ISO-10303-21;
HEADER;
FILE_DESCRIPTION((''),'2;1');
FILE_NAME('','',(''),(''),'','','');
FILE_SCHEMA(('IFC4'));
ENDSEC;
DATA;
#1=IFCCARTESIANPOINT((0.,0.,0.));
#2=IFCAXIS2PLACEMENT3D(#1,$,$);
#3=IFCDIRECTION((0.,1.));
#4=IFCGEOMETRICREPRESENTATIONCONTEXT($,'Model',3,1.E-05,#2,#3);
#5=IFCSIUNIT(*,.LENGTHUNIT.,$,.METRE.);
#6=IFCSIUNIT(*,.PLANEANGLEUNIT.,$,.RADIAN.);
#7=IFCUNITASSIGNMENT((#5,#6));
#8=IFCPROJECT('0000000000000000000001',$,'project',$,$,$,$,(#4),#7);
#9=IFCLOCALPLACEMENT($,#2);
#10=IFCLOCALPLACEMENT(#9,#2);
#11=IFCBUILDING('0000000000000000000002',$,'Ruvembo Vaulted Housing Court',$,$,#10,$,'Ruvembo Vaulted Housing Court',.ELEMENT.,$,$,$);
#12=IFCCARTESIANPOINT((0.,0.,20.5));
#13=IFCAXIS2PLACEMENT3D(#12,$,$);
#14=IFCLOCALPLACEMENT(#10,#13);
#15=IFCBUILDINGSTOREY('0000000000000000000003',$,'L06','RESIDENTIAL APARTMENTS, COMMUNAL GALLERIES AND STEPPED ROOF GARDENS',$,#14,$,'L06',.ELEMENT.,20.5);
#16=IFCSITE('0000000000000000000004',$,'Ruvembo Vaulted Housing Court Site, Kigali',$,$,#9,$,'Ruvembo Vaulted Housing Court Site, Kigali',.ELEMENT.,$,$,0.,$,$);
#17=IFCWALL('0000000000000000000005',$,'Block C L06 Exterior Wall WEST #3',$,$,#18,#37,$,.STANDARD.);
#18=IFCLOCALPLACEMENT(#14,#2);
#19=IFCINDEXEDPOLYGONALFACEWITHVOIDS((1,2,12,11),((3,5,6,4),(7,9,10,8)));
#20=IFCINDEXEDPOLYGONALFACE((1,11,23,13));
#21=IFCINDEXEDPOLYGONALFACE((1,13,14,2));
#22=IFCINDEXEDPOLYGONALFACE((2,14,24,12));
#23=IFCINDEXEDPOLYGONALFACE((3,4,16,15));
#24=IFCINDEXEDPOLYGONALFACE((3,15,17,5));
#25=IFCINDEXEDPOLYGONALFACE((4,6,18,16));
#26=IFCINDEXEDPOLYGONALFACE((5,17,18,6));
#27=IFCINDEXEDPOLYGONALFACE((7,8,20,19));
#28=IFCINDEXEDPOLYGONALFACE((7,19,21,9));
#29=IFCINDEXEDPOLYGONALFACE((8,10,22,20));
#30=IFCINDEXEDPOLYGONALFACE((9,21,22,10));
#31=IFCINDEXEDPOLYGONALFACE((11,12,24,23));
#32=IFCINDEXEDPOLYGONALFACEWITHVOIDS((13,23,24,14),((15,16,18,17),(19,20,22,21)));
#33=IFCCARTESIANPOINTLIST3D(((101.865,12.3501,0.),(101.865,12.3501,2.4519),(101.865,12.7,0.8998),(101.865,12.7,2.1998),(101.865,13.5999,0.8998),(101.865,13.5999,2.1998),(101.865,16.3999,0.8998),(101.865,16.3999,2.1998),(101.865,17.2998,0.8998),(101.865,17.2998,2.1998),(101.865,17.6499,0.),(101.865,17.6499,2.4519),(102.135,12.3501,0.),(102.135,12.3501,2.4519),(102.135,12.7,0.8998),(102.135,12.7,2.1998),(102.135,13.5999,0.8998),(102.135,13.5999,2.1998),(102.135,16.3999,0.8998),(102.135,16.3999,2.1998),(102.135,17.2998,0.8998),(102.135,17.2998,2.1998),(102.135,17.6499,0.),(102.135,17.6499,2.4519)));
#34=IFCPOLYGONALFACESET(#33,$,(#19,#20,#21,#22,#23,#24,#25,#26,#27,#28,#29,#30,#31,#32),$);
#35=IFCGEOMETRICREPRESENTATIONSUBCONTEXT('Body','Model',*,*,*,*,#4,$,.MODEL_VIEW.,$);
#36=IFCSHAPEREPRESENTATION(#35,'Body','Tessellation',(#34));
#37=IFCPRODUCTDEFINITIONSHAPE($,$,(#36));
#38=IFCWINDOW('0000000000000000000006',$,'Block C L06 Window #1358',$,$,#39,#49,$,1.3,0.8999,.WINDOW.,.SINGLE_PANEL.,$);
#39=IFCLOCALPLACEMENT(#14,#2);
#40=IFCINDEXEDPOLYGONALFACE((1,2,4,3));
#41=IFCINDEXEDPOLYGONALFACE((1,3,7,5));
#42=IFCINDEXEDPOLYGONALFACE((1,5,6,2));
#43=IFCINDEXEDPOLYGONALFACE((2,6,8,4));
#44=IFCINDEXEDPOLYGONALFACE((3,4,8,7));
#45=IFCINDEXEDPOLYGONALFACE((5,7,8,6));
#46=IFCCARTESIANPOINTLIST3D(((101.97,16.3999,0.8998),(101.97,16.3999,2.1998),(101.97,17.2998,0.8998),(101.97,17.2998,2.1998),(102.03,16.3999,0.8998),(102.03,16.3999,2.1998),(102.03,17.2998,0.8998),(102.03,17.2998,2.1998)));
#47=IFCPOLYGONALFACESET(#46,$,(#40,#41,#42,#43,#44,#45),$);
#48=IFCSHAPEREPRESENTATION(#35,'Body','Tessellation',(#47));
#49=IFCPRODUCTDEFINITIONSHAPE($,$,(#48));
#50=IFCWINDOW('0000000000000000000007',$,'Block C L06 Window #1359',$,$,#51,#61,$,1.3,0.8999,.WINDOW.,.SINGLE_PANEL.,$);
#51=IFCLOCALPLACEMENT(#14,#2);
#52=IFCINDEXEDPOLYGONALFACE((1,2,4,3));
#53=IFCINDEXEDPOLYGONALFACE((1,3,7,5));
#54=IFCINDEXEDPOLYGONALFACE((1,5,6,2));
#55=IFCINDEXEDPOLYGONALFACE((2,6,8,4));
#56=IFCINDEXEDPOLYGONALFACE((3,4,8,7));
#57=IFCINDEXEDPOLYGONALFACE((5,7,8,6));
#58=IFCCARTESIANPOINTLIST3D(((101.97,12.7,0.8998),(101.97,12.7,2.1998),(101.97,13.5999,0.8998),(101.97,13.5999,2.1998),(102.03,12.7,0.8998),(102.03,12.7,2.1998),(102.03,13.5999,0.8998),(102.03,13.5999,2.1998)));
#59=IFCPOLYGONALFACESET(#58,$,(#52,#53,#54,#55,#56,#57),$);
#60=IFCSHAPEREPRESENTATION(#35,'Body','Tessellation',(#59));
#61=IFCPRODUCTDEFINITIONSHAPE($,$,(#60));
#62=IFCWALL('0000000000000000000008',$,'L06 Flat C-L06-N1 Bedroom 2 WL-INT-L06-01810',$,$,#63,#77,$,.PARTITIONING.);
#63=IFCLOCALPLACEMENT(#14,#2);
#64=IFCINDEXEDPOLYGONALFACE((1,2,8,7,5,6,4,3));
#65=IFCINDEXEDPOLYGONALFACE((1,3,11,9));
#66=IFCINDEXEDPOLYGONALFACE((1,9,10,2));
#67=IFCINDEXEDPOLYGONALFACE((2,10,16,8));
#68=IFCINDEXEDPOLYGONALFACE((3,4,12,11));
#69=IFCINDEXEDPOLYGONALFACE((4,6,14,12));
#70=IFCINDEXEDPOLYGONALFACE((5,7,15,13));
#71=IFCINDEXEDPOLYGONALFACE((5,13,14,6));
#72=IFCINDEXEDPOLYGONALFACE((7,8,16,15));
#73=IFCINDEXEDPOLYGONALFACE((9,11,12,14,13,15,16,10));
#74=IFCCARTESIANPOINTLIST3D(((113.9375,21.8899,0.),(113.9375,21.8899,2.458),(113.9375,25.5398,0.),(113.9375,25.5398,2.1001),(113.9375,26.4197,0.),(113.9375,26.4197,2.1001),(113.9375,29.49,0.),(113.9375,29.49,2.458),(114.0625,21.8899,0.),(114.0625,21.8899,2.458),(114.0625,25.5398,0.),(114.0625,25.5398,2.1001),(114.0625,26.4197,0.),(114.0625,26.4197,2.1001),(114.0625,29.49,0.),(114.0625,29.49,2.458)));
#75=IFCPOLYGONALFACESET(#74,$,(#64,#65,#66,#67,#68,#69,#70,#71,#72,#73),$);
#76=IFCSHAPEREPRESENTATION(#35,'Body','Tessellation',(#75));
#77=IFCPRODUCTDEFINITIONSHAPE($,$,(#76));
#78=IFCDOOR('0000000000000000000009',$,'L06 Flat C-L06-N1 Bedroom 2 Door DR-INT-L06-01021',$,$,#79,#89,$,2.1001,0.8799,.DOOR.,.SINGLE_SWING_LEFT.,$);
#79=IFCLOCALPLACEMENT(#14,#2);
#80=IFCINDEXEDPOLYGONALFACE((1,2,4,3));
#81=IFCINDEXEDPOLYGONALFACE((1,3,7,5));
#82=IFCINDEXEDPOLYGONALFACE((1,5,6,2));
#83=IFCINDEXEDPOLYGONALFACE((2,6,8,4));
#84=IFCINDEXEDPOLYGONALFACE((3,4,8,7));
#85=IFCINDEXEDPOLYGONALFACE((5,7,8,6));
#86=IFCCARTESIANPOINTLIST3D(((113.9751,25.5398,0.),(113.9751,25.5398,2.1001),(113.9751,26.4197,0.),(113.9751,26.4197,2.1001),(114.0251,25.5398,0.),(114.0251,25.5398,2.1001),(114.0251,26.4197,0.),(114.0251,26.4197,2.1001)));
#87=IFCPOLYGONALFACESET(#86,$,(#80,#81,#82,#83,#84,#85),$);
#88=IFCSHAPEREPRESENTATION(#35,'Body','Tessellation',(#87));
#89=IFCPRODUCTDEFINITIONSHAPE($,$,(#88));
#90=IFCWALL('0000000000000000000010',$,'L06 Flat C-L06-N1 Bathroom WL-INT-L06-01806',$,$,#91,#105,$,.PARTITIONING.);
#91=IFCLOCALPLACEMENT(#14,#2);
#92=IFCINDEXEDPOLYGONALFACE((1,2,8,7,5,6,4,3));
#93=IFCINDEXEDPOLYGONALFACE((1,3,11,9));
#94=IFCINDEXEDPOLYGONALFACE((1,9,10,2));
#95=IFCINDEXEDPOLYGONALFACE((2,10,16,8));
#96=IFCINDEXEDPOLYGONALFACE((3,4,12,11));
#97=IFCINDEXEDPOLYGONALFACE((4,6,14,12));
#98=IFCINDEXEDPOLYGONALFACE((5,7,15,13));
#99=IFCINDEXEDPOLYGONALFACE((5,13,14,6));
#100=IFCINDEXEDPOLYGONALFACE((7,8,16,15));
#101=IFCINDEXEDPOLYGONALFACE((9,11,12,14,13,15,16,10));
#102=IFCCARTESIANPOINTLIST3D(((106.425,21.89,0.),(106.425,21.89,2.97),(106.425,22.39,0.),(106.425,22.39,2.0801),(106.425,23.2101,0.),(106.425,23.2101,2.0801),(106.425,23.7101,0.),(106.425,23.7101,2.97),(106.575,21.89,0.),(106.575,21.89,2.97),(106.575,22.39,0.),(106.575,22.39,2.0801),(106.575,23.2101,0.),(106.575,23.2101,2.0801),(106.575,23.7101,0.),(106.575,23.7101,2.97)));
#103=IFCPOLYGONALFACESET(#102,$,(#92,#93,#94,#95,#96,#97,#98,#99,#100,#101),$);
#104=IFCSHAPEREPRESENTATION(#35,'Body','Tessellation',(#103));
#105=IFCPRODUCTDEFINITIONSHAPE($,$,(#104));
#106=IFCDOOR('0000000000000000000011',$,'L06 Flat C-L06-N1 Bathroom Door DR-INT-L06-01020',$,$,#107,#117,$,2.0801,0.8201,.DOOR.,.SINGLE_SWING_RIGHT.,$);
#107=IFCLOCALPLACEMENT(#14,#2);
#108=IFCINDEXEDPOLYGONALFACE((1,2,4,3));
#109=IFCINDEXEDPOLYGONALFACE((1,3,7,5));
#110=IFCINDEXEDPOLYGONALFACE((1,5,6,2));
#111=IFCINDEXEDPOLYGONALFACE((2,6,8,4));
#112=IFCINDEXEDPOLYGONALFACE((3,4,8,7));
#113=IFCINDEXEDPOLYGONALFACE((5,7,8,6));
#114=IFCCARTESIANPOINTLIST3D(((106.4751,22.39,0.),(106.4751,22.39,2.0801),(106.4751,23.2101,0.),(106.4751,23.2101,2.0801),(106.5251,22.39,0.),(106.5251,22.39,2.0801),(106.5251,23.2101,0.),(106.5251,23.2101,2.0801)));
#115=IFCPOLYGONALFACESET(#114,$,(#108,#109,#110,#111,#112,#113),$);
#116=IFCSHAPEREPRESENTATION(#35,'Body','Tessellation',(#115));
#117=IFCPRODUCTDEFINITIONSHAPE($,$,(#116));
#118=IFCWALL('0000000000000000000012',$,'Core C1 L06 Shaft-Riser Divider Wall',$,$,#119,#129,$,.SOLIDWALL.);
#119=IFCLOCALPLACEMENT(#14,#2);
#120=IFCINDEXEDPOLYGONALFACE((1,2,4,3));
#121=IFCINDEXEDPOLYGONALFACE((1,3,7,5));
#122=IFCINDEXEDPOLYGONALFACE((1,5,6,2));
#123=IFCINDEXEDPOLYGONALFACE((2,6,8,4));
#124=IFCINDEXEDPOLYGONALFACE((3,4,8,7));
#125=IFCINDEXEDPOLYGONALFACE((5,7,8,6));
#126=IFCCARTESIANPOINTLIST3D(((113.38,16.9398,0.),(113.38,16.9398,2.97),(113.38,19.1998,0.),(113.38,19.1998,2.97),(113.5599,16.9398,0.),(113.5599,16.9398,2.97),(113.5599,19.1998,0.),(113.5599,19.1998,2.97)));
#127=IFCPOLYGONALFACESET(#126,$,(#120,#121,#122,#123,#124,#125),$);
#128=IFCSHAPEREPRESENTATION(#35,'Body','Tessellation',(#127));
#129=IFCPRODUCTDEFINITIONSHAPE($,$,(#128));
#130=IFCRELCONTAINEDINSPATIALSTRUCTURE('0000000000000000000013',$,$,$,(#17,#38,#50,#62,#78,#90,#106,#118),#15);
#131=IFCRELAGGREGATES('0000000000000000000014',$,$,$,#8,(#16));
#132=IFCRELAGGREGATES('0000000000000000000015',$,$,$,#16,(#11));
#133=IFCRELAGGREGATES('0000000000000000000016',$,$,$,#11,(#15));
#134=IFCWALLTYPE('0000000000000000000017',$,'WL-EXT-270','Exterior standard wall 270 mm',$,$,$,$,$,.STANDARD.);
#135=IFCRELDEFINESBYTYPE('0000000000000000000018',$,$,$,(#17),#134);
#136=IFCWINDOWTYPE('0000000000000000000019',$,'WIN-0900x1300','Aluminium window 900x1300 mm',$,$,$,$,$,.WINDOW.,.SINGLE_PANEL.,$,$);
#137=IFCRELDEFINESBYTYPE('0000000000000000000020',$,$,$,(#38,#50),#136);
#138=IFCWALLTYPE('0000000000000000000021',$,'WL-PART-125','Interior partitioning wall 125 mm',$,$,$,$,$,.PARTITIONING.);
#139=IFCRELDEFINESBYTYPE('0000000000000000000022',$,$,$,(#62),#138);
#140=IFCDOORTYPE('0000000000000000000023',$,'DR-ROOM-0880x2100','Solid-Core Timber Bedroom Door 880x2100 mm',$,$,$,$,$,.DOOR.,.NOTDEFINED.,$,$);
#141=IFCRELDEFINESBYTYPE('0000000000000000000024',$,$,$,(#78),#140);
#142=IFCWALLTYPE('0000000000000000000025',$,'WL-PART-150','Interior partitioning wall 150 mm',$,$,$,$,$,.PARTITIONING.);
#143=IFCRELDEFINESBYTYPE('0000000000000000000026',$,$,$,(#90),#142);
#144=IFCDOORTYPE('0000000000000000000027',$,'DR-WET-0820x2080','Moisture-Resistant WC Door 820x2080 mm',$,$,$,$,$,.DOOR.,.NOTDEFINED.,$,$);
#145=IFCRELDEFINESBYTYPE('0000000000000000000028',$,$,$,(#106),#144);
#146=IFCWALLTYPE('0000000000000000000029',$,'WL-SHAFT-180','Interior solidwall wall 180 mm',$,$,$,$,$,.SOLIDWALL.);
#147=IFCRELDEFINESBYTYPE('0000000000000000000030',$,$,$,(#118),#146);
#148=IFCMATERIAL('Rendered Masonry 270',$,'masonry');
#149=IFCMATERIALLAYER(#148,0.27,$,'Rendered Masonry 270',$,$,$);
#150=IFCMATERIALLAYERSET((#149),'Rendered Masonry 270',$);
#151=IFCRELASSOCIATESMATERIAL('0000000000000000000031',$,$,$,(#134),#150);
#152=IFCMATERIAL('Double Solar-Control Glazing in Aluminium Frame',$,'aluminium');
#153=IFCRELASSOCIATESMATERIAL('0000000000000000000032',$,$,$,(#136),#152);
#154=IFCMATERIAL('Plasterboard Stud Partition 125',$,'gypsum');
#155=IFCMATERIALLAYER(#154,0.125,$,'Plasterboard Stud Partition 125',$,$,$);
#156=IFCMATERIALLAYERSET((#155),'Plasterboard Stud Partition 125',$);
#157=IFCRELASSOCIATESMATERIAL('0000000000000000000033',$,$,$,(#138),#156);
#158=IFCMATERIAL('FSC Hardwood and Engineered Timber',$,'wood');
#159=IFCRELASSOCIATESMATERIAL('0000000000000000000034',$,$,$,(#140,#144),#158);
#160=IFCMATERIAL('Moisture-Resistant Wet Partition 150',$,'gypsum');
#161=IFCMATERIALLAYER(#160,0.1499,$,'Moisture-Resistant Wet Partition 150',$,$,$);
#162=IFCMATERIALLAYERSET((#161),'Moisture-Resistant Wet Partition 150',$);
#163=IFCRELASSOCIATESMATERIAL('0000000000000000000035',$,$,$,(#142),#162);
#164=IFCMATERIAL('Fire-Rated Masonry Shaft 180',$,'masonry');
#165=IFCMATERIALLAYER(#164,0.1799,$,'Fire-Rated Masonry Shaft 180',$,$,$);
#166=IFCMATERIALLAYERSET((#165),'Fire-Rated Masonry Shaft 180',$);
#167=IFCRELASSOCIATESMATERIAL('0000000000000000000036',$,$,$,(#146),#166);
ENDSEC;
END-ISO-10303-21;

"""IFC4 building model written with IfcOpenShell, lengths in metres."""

from ifc_helpers import new_model, si_unit, direction, frame, frame_2d, origin, place, context, subcontext, project, spatial, rectangle, extrude, material, layer, layer_set, type_object, element, fill, save


model = new_model("IFC4")

# Units and contexts
model_context = context("Model", 3, precision=1e-05, world=origin(), true_north=direction((0.0, 1.0)))
body_context = subcontext(model_context, "Body", "Model", "MODEL_VIEW")
ifc_project = project(units=[si_unit("LENGTHUNIT", "METRE"), si_unit("PLANEANGLEUNIT", "RADIAN")], contexts=[model_context])

# Site, building, storey
site_placement = place(None, origin())
site = spatial("IfcSite", under=ifc_project, at=site_placement, Name="Ruvembo Vaulted Housing Court Site, Kigali", LongName="Ruvembo Vaulted Housing Court Site, Kigali", CompositionType="ELEMENT", RefElevation=0.0)
building_placement = place(site_placement, origin())
building = spatial("IfcBuilding", under=site, at=building_placement, Name="Ruvembo Vaulted Housing Court", LongName="Ruvembo Vaulted Housing Court", CompositionType="ELEMENT")
storey_placement = place(building_placement, frame((0.0, 0.0, 20.5)))
storey = spatial("IfcBuildingStorey", under=building, at=storey_placement, Name="L06", Description="RESIDENTIAL APARTMENTS, COMMUNAL GALLERIES AND STEPPED ROOF GARDENS", LongName="L06", CompositionType="ELEMENT", Elevation=20.5)

# Shared definitions
ifc_material_1 = material(Name="FSC Hardwood and Engineered Timber", Category="wood")

# Wall, openings, windows
ifc_material_2 = material(Name="Rendered Masonry 270", Category="masonry")
ifc_layer_1 = layer(ifc_material_2, 0.27, Name="Rendered Masonry 270")
ifc_layer_set_1 = layer_set([ifc_layer_1], Name="Rendered Masonry 270")
wall_type_1 = type_object("IfcWallType", Name="WL-EXT-270", Description="Exterior standard wall 270 mm", PredefinedType="STANDARD", material=ifc_layer_set_1)
wall_1_placement = place(storey_placement, frame((102.0, 17.6499, 0.0), z_axis=(0.0, 0.0, 1.0), x_axis=(0.0, -1.0, 0.0)))
wall_1 = element("IfcWall", 1, at=wall_1_placement, inside=storey, type_object=wall_type_1, Name="Block C L06 Exterior Wall WEST #3", PredefinedType="STANDARD", context=body_context, shape_type="SweptSolid", body=[
    extrude(rectangle(XDim=5.2998, YDim=0.27, at=frame_2d((2.6499, 0.0))), origin(), (0.0, 0.0, 1.0), 2.4519),
])
opening_1_placement = place(wall_1_placement, frame((0.3501, 0.0, 0.8999)))
opening_1 = element("IfcOpeningElement", 2, at=opening_1_placement, cuts=wall_1, PredefinedType="OPENING", context=body_context, shape_type="SweptSolid", body=[
    extrude(rectangle(XDim=0.8999, YDim=1.3, at=frame_2d((0.45, 0.6499))), frame((0.0, 0.145, 0.0), z_axis=(0.0, -1.0, 0.0), x_axis=(1.0, 0.0, 0.0)), (0.0, 0.0, 1.0), 0.29),
])
opening_2_placement = place(wall_1_placement, frame((4.05, 0.0, 0.8999)))
opening_2 = element("IfcOpeningElement", 3, at=opening_2_placement, cuts=wall_1, PredefinedType="OPENING", context=body_context, shape_type="SweptSolid", body=[
    extrude(rectangle(XDim=0.8999, YDim=1.3, at=frame_2d((0.45, 0.6499))), frame((0.0, 0.145, 0.0), z_axis=(0.0, -1.0, 0.0), x_axis=(1.0, 0.0, 0.0)), (0.0, 0.0, 1.0), 0.29),
])
ifc_material_3 = material(Name="Double Solar-Control Glazing in Aluminium Frame", Category="aluminium")
window_type = type_object("IfcWindowType", Name="WIN-0900x1300", Description="Aluminium window 900x1300 mm", PartitioningType="SINGLE_PANEL", PredefinedType="WINDOW", material=ifc_material_3)
window_1_placement = place(opening_1_placement, origin())
window_1 = element("IfcWindow", 4, at=window_1_placement, inside=storey, type_object=window_type, Name="Block C L06 Window #1358", OverallHeight=1.3, OverallWidth=0.8999, PartitioningType="SINGLE_PANEL", PredefinedType="WINDOW", context=body_context, shape_type="SweptSolid", body=[
    extrude(rectangle(XDim=0.8999, YDim=1.3, at=frame_2d((0.45, 0.6499))), frame((0.0, 0.03, 0.0), z_axis=(0.0, -1.0, 0.0), x_axis=(1.0, 0.0, 0.0)), (0.0, 0.0, 1.0), 0.0601),
])
fill(opening_1, window_1)
window_2_placement = place(opening_2_placement, origin())
window_2 = element("IfcWindow", 5, at=window_2_placement, inside=storey, type_object=window_type, Name="Block C L06 Window #1359", OverallHeight=1.3, OverallWidth=0.8999, PartitioningType="SINGLE_PANEL", PredefinedType="WINDOW", context=body_context, shape_type="SweptSolid", body=[
    extrude(rectangle(XDim=0.8999, YDim=1.3, at=frame_2d((0.45, 0.6499))), frame((0.0, 0.03, 0.0), z_axis=(0.0, -1.0, 0.0), x_axis=(1.0, 0.0, 0.0)), (0.0, 0.0, 1.0), 0.0601),
])
fill(opening_2, window_2)

# Walls, openings, doors
ifc_material_4 = material(Name="Plasterboard Stud Partition 125", Category="gypsum")
ifc_layer_2 = layer(ifc_material_4, 0.125, Name="Plasterboard Stud Partition 125")
ifc_layer_set_2 = layer_set([ifc_layer_2], Name="Plasterboard Stud Partition 125")
wall_type_2 = type_object("IfcWallType", Name="WL-PART-125", Description="Interior partitioning wall 125 mm", PredefinedType="PARTITIONING", material=ifc_layer_set_2)
wall_2_placement = place(storey_placement, frame((114.0, 21.8899, 0.0), z_axis=(0.0, 0.0, 1.0), x_axis=(0.0, 1.0, 0.0)))
wall_2 = element("IfcWall", 6, at=wall_2_placement, inside=storey, type_object=wall_type_2, Name="L06 Flat C-L06-N1 Bedroom 2 WL-INT-L06-01810", PredefinedType="PARTITIONING", context=body_context, shape_type="SweptSolid", body=[
    extrude(rectangle(XDim=7.6001, YDim=0.125, at=frame_2d((3.8, 0.0))), origin(), (0.0, 0.0, 1.0), 2.458),
])
opening_3_placement = place(wall_2_placement, frame((3.6499, 0.0, 0.0)))
opening_3 = element("IfcOpeningElement", 7, at=opening_3_placement, cuts=wall_2, PredefinedType="OPENING", context=body_context, shape_type="SweptSolid", body=[
    extrude(rectangle(XDim=0.8799, YDim=2.1001, at=frame_2d((0.4399, 1.05))), frame((0.0, 0.0725, 0.0), z_axis=(0.0, -1.0, 0.0), x_axis=(1.0, 0.0, 0.0)), (0.0, 0.0, 1.0), 0.145),
])
door_type_1 = type_object("IfcDoorType", Name="DR-ROOM-0880x2100", Description="Solid-Core Timber Bedroom Door 880x2100 mm", OperationType="NOTDEFINED", PredefinedType="DOOR", material=ifc_material_1)
door_1_placement = place(opening_3_placement, origin())
door_1 = element("IfcDoor", 8, at=door_1_placement, inside=storey, type_object=door_type_1, Name="L06 Flat C-L06-N1 Bedroom 2 Door DR-INT-L06-01021", OperationType="SINGLE_SWING_LEFT", OverallHeight=2.1001, OverallWidth=0.8799, PredefinedType="DOOR", context=body_context, shape_type="SweptSolid", body=[
    extrude(rectangle(XDim=0.8799, YDim=2.1001, at=frame_2d((0.4399, 1.05))), frame((0.0, 0.0249, 0.0), z_axis=(0.0, -1.0, 0.0), x_axis=(1.0, 0.0, 0.0)), (0.0, 0.0, 1.0), 0.05),
])
fill(opening_3, door_1)
ifc_material_5 = material(Name="Moisture-Resistant Wet Partition 150", Category="gypsum")
ifc_layer_3 = layer(ifc_material_5, 0.1499, Name="Moisture-Resistant Wet Partition 150")
ifc_layer_set_3 = layer_set([ifc_layer_3], Name="Moisture-Resistant Wet Partition 150")
wall_type_3 = type_object("IfcWallType", Name="WL-PART-150", Description="Interior partitioning wall 150 mm", PredefinedType="PARTITIONING", material=ifc_layer_set_3)
wall_3_placement = place(storey_placement, frame((106.5, 21.8899, 0.0), z_axis=(0.0, 0.0, 1.0), x_axis=(0.0, 1.0, 0.0)))
wall_3 = element("IfcWall", 9, at=wall_3_placement, inside=storey, type_object=wall_type_3, Name="L06 Flat C-L06-N1 Bathroom WL-INT-L06-01806", PredefinedType="PARTITIONING", context=body_context, shape_type="SweptSolid", body=[
    extrude(rectangle(XDim=1.8201, YDim=0.1499, at=frame_2d((0.9102, 0.0))), origin(), (0.0, 0.0, 1.0), 2.97),
])
opening_4_placement = place(wall_3_placement, frame((0.5, 0.0, 0.0)))
opening_4 = element("IfcOpeningElement", 10, at=opening_4_placement, cuts=wall_3, PredefinedType="OPENING", context=body_context, shape_type="SweptSolid", body=[
    extrude(rectangle(XDim=0.8201, YDim=2.0801, at=frame_2d((0.4102, 1.04))), frame((0.0, 0.085, 0.0), z_axis=(0.0, -1.0, 0.0), x_axis=(1.0, 0.0, 0.0)), (0.0, 0.0, 1.0), 0.1699),
])
door_type_2 = type_object("IfcDoorType", Name="DR-WET-0820x2080", Description="Moisture-Resistant WC Door 820x2080 mm", OperationType="NOTDEFINED", PredefinedType="DOOR", material=ifc_material_1)
door_2_placement = place(opening_4_placement, origin())
door_2 = element("IfcDoor", 11, at=door_2_placement, inside=storey, type_object=door_type_2, Name="L06 Flat C-L06-N1 Bathroom Door DR-INT-L06-01020", OperationType="SINGLE_SWING_RIGHT", OverallHeight=2.0801, OverallWidth=0.8201, PredefinedType="DOOR", context=body_context, shape_type="SweptSolid", body=[
    extrude(rectangle(XDim=0.8201, YDim=2.0801, at=frame_2d((0.4102, 1.04))), frame((0.0, 0.0249, 0.0), z_axis=(0.0, -1.0, 0.0), x_axis=(1.0, 0.0, 0.0)), (0.0, 0.0, 1.0), 0.05),
])
fill(opening_4, door_2)

# Shared definitions
ifc_material_6 = material(Name="Fire-Rated Masonry Shaft 180", Category="masonry")
ifc_layer_4 = layer(ifc_material_6, 0.1799, Name="Fire-Rated Masonry Shaft 180")
ifc_layer_set_4 = layer_set([ifc_layer_4], Name="Fire-Rated Masonry Shaft 180")
wall_type_4 = type_object("IfcWallType", Name="WL-SHAFT-180", Description="Interior solidwall wall 180 mm", PredefinedType="SOLIDWALL", material=ifc_layer_set_4)

# Wall
wall_4_placement = place(storey_placement, frame((113.47, 16.9399, 0.0), z_axis=(0.0, 0.0, 1.0), x_axis=(0.0, 1.0, 0.0)))
element("IfcWall", 12, at=wall_4_placement, inside=storey, type_object=wall_type_4, Name="Core C1 L06 Shaft-Riser Divider Wall", PredefinedType="SOLIDWALL", context=body_context, shape_type="SweptSolid", body=[
    extrude(rectangle(XDim=2.26, YDim=0.1799, at=frame_2d((1.1299, 0.0))), origin(), (0.0, 0.0, 1.0), 2.97),
])

save(model, "model.ifc")
